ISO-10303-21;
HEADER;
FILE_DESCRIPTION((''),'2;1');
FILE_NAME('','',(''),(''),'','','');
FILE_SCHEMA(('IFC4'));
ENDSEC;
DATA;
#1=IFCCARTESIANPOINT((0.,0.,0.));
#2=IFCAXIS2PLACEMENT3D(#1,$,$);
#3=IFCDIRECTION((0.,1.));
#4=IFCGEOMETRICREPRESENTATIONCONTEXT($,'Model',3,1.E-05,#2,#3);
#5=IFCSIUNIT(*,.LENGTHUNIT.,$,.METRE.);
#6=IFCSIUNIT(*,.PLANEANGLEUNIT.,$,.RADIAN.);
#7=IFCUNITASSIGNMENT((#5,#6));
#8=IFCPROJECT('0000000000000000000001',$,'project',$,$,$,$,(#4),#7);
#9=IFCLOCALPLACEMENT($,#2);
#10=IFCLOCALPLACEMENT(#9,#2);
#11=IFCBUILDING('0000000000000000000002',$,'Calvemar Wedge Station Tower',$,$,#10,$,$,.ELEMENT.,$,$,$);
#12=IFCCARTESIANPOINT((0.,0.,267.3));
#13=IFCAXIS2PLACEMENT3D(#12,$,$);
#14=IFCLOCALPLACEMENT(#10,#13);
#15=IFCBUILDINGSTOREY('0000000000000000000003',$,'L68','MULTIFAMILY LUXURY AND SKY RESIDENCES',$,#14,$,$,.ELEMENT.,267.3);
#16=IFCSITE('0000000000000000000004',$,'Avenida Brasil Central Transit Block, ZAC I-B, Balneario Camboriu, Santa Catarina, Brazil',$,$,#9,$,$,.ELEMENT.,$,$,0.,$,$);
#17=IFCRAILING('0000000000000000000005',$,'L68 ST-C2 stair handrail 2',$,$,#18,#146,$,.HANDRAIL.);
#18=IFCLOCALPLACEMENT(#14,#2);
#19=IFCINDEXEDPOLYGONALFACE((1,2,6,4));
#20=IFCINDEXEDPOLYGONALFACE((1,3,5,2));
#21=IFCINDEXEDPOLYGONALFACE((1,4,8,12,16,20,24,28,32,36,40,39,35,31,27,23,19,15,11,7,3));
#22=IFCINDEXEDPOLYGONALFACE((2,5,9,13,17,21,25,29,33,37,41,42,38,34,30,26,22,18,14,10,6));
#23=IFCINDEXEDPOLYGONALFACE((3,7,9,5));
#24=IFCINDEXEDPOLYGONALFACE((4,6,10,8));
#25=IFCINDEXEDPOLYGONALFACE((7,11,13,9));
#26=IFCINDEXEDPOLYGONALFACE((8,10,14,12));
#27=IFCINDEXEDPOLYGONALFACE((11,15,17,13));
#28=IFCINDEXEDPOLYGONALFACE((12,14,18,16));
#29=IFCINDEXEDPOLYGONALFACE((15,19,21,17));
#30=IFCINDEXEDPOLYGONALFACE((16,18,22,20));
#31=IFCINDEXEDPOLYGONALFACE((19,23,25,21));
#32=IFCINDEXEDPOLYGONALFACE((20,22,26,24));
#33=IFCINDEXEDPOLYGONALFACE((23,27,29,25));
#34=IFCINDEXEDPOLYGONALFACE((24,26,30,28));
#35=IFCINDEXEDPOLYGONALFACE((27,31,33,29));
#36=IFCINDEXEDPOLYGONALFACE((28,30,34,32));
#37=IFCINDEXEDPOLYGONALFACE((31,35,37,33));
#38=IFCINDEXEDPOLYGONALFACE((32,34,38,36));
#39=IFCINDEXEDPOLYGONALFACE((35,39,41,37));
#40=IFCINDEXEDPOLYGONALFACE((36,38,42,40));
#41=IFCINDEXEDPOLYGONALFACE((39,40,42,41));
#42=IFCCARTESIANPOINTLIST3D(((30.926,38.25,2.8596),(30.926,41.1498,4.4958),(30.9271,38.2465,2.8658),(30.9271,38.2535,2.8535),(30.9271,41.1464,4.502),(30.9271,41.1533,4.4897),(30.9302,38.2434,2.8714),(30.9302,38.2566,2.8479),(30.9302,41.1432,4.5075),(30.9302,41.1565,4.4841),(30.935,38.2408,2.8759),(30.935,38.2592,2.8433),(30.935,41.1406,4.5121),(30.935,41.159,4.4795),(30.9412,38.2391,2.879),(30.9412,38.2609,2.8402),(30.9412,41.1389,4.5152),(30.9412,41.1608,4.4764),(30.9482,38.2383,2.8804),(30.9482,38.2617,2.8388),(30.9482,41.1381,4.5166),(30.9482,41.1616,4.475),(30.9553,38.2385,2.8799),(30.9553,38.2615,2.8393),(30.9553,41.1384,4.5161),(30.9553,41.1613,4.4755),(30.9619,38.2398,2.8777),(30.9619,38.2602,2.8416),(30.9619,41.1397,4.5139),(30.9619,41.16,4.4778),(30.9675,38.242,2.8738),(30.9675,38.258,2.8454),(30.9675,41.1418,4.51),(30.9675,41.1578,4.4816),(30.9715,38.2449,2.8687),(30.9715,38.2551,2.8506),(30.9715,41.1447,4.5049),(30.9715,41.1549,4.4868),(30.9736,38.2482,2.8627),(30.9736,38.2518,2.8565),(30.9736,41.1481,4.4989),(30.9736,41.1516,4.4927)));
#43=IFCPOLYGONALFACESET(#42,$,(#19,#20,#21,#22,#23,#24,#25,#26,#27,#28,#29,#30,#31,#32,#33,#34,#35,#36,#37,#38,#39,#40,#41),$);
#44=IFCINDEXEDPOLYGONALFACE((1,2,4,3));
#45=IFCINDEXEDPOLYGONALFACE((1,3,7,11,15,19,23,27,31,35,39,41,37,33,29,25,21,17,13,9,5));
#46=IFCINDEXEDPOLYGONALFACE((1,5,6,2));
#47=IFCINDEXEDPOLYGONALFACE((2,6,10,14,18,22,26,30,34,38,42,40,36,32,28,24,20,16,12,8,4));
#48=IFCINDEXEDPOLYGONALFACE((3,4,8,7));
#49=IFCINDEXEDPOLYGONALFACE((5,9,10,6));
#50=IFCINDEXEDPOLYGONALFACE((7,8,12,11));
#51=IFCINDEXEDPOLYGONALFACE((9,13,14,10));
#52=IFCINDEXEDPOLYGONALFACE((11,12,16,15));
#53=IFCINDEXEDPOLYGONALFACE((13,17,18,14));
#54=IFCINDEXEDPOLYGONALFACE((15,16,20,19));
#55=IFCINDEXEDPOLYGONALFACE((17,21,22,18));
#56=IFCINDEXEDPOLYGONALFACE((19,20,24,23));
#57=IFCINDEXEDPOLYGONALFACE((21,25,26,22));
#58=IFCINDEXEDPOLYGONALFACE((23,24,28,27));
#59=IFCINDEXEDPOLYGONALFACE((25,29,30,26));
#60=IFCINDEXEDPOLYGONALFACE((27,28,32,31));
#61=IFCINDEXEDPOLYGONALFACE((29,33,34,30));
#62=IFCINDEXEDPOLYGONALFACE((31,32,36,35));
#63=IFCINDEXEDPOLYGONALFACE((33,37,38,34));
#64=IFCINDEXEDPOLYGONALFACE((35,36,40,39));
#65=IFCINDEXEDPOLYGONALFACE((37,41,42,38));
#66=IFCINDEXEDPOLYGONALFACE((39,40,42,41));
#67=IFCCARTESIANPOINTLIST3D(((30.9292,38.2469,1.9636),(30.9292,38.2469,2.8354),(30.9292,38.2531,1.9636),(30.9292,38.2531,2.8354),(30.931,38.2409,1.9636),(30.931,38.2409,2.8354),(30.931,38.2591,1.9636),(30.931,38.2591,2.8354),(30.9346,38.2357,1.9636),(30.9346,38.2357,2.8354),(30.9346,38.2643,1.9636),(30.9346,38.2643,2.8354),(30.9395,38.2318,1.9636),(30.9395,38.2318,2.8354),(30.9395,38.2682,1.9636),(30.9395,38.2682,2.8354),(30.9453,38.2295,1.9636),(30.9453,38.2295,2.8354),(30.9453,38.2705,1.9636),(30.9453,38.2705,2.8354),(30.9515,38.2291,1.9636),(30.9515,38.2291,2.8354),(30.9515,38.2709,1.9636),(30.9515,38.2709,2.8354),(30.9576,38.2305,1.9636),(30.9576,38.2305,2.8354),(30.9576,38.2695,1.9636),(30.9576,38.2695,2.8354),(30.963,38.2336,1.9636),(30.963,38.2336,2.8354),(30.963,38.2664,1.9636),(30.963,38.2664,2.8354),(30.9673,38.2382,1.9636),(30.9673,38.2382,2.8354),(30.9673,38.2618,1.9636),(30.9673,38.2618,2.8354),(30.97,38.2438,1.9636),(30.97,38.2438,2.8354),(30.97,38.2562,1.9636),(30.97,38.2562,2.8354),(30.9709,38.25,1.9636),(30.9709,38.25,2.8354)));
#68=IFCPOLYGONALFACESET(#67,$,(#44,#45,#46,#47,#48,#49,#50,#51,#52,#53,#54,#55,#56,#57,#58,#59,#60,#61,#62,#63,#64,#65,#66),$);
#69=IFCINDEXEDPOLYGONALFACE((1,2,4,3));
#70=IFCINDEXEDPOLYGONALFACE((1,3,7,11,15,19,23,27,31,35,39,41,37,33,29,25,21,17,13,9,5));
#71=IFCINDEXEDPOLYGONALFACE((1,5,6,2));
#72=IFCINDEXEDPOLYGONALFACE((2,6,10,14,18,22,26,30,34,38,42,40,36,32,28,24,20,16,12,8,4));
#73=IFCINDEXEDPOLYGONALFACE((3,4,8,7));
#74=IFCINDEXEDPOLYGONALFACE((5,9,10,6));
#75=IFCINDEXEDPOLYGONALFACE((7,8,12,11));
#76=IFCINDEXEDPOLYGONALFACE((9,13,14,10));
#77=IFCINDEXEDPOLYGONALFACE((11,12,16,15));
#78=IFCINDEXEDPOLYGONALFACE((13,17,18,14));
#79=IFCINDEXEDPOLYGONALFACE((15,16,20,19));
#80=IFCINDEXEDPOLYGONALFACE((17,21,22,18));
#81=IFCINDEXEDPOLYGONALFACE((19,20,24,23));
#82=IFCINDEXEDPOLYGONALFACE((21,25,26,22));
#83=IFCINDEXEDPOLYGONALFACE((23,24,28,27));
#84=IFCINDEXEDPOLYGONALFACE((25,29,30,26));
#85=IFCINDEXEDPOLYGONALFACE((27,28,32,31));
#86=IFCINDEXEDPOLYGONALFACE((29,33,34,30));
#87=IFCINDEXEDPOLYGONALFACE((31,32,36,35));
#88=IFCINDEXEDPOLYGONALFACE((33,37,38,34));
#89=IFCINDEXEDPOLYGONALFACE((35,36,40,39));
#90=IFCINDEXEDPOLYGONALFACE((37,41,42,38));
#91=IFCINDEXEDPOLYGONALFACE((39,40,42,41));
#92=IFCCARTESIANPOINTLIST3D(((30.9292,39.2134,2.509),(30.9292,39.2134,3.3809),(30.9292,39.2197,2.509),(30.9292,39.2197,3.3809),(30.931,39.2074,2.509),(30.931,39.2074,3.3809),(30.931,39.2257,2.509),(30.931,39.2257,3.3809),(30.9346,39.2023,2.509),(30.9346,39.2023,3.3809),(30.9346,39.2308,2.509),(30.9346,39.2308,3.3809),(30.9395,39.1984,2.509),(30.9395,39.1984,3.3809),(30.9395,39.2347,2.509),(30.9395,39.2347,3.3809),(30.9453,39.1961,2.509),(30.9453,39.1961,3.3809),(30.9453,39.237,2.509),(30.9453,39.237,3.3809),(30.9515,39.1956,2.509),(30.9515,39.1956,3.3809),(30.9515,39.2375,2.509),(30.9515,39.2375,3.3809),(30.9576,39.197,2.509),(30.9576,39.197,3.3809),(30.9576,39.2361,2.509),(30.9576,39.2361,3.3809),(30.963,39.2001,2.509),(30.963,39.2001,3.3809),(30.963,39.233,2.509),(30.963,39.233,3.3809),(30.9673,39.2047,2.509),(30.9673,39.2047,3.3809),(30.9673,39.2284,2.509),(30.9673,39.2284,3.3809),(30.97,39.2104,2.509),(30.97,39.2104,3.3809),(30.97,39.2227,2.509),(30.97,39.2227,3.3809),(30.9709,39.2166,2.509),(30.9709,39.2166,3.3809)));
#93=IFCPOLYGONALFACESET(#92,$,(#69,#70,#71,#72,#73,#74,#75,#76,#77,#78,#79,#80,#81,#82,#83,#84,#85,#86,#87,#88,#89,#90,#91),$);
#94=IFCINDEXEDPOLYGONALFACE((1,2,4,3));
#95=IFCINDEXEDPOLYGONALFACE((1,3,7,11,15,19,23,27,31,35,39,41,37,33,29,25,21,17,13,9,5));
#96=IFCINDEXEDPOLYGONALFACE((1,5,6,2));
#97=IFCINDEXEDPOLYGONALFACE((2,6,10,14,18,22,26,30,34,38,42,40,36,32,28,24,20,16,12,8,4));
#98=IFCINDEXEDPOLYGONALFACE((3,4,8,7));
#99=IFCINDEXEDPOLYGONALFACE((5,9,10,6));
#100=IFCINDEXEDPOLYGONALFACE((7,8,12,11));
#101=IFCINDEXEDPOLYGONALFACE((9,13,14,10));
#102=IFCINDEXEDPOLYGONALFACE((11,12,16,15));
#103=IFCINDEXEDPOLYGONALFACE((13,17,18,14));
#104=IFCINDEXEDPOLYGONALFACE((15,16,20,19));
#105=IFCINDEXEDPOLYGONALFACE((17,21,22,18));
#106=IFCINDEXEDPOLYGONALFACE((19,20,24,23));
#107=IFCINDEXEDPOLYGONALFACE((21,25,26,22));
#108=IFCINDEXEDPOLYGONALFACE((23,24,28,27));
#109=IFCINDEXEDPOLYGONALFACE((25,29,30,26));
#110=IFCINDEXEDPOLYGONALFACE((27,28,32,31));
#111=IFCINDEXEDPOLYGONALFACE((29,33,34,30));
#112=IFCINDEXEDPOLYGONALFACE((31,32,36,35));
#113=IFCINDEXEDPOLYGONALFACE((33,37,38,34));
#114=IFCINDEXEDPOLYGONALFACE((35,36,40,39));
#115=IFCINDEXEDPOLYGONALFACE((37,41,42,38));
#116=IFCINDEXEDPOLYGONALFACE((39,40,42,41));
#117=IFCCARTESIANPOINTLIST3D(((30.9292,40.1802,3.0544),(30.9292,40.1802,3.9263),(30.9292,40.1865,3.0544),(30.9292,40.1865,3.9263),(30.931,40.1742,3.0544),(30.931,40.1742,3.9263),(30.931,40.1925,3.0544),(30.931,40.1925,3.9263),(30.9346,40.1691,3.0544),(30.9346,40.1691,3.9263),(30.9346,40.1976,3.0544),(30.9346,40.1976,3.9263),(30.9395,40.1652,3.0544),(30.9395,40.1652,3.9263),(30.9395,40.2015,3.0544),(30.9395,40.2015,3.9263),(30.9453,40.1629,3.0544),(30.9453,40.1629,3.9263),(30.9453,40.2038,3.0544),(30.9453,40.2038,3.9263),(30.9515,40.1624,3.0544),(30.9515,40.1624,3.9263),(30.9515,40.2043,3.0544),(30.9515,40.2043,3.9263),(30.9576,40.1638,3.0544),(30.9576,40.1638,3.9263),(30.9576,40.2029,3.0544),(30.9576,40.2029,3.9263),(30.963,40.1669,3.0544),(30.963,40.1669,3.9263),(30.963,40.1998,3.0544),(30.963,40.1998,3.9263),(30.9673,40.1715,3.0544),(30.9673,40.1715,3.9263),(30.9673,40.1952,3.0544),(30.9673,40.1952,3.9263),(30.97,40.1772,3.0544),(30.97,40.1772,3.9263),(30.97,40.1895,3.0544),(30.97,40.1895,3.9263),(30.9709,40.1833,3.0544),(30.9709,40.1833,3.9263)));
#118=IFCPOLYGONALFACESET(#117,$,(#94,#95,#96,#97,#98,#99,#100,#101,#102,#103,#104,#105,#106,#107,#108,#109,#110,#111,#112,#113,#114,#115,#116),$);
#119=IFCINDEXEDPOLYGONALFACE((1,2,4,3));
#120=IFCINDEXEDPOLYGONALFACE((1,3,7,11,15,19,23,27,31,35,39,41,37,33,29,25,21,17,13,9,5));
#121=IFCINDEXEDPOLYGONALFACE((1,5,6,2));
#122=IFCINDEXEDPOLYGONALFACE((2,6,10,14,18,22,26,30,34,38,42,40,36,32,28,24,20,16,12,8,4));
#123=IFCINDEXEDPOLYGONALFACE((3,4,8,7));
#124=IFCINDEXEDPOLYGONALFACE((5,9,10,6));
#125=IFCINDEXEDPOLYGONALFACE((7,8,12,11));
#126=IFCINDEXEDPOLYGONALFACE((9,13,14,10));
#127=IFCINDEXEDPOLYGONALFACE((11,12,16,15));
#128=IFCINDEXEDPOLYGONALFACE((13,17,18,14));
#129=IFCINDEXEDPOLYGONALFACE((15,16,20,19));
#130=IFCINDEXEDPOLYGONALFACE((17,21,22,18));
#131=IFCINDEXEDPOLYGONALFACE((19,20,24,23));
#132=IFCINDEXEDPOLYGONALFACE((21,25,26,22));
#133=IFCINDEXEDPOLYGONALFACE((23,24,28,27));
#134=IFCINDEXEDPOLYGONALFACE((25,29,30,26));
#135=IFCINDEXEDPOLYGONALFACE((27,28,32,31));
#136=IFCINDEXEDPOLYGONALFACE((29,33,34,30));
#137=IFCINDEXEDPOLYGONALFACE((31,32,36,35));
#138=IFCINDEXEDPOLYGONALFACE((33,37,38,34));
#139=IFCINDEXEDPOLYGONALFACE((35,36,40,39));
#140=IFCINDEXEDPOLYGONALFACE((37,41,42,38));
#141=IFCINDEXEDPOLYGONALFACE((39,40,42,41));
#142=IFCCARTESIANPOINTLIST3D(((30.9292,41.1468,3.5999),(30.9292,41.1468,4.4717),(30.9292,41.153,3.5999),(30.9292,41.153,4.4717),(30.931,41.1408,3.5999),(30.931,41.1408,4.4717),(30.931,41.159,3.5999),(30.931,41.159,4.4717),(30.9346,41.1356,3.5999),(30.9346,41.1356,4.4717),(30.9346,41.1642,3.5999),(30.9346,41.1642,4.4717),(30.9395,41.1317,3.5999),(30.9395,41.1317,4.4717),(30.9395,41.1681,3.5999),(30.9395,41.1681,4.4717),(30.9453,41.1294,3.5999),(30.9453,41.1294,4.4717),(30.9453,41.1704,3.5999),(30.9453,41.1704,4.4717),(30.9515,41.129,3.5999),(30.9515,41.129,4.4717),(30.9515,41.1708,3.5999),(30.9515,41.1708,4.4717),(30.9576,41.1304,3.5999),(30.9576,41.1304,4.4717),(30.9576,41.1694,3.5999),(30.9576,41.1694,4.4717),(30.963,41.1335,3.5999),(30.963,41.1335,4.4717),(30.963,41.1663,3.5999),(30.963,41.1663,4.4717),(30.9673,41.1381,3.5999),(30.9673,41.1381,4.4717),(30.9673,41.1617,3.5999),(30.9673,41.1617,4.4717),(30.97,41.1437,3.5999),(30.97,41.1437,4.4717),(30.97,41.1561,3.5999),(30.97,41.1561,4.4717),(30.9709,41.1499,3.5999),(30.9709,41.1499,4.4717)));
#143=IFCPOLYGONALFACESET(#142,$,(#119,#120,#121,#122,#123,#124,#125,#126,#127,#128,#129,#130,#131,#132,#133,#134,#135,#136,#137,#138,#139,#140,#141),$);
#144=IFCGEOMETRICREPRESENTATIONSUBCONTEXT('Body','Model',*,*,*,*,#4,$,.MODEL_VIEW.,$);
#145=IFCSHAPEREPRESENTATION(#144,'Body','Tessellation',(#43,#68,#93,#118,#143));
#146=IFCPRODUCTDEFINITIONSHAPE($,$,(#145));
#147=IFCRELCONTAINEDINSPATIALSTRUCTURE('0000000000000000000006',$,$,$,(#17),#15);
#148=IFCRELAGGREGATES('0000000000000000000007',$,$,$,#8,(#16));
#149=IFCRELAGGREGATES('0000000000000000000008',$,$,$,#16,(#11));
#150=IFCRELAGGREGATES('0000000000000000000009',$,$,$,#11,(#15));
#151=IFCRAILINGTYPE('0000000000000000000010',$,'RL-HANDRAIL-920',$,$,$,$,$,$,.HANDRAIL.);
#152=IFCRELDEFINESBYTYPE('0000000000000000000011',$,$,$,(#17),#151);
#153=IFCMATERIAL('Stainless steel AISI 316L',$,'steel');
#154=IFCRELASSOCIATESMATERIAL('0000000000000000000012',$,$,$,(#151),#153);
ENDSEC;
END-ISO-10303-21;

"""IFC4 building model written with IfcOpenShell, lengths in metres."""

from ifc_helpers import new_model, si_unit, direction, frame, origin, origin_2d, place, context, subcontext, project, spatial, circle, extrude, material, type_object, element, save


model = new_model("IFC4")

# Units and contexts
model_context = context("Model", 3, precision=1e-05, world=origin(), true_north=direction((0.0, 1.0)))
body_context = subcontext(model_context, "Body", "Model", "MODEL_VIEW")
ifc_project = project(units=[si_unit("LENGTHUNIT", "METRE"), si_unit("PLANEANGLEUNIT", "RADIAN")], contexts=[model_context])

# Site, building, storey
site_placement = place(None, origin())
site = spatial("IfcSite", under=ifc_project, at=site_placement, Name="Avenida Brasil Central Transit Block, ZAC I-B, Balneario Camboriu, Santa Catarina, Brazil", CompositionType="ELEMENT", RefElevation=0.0)
building_placement = place(site_placement, origin())
building = spatial("IfcBuilding", under=site, at=building_placement, Name="Calvemar Wedge Station Tower", CompositionType="ELEMENT")
storey_placement = place(building_placement, frame((0.0, 0.0, 267.3)))
storey = spatial("IfcBuildingStorey", under=building, at=storey_placement, Name="L68", Description="MULTIFAMILY LUXURY AND SKY RESIDENCES", CompositionType="ELEMENT", Elevation=267.3)

# Railing
ifc_material_1 = material(Name="Stainless steel AISI 316L", Category="steel")
railing_type = type_object("IfcRailingType", Name="RL-HANDRAIL-920", PredefinedType="HANDRAIL", material=ifc_material_1)
railing_placement = place(storey_placement, frame((30.95, 38.25, 1.9636)))
element("IfcRailing", 1, at=railing_placement, inside=storey, type_object=railing_type, Name="L68 ST-C2 stair handrail 2", PredefinedType="HANDRAIL", context=body_context, shape_type="SweptSolid", body=[
    extrude(circle(Radius=0.0239, at=origin_2d()), frame((0.0, 0.0, 0.896), z_axis=(0.0, 0.870929, 0.49141), x_axis=(-1.0, 0.0, 0.0)), (0.0, 0.0, 1.0), 3.3296),
    extrude(circle(Radius=0.021, at=origin_2d()), origin(), (0.0, 0.0, 1.0), 0.8718),
    extrude(circle(Radius=0.021, at=origin_2d()), frame((0.0, 0.9666, 0.5454)), (0.0, 0.0, 1.0), 0.8718),
    extrude(circle(Radius=0.021, at=origin_2d()), frame((0.0, 1.9333, 1.0908)), (0.0, 0.0, 1.0), 0.8718),
    extrude(circle(Radius=0.021, at=origin_2d()), frame((0.0, 2.8999, 1.6362)), (0.0, 0.0, 1.0), 0.8718),
])

save(model, "model.ifc")
